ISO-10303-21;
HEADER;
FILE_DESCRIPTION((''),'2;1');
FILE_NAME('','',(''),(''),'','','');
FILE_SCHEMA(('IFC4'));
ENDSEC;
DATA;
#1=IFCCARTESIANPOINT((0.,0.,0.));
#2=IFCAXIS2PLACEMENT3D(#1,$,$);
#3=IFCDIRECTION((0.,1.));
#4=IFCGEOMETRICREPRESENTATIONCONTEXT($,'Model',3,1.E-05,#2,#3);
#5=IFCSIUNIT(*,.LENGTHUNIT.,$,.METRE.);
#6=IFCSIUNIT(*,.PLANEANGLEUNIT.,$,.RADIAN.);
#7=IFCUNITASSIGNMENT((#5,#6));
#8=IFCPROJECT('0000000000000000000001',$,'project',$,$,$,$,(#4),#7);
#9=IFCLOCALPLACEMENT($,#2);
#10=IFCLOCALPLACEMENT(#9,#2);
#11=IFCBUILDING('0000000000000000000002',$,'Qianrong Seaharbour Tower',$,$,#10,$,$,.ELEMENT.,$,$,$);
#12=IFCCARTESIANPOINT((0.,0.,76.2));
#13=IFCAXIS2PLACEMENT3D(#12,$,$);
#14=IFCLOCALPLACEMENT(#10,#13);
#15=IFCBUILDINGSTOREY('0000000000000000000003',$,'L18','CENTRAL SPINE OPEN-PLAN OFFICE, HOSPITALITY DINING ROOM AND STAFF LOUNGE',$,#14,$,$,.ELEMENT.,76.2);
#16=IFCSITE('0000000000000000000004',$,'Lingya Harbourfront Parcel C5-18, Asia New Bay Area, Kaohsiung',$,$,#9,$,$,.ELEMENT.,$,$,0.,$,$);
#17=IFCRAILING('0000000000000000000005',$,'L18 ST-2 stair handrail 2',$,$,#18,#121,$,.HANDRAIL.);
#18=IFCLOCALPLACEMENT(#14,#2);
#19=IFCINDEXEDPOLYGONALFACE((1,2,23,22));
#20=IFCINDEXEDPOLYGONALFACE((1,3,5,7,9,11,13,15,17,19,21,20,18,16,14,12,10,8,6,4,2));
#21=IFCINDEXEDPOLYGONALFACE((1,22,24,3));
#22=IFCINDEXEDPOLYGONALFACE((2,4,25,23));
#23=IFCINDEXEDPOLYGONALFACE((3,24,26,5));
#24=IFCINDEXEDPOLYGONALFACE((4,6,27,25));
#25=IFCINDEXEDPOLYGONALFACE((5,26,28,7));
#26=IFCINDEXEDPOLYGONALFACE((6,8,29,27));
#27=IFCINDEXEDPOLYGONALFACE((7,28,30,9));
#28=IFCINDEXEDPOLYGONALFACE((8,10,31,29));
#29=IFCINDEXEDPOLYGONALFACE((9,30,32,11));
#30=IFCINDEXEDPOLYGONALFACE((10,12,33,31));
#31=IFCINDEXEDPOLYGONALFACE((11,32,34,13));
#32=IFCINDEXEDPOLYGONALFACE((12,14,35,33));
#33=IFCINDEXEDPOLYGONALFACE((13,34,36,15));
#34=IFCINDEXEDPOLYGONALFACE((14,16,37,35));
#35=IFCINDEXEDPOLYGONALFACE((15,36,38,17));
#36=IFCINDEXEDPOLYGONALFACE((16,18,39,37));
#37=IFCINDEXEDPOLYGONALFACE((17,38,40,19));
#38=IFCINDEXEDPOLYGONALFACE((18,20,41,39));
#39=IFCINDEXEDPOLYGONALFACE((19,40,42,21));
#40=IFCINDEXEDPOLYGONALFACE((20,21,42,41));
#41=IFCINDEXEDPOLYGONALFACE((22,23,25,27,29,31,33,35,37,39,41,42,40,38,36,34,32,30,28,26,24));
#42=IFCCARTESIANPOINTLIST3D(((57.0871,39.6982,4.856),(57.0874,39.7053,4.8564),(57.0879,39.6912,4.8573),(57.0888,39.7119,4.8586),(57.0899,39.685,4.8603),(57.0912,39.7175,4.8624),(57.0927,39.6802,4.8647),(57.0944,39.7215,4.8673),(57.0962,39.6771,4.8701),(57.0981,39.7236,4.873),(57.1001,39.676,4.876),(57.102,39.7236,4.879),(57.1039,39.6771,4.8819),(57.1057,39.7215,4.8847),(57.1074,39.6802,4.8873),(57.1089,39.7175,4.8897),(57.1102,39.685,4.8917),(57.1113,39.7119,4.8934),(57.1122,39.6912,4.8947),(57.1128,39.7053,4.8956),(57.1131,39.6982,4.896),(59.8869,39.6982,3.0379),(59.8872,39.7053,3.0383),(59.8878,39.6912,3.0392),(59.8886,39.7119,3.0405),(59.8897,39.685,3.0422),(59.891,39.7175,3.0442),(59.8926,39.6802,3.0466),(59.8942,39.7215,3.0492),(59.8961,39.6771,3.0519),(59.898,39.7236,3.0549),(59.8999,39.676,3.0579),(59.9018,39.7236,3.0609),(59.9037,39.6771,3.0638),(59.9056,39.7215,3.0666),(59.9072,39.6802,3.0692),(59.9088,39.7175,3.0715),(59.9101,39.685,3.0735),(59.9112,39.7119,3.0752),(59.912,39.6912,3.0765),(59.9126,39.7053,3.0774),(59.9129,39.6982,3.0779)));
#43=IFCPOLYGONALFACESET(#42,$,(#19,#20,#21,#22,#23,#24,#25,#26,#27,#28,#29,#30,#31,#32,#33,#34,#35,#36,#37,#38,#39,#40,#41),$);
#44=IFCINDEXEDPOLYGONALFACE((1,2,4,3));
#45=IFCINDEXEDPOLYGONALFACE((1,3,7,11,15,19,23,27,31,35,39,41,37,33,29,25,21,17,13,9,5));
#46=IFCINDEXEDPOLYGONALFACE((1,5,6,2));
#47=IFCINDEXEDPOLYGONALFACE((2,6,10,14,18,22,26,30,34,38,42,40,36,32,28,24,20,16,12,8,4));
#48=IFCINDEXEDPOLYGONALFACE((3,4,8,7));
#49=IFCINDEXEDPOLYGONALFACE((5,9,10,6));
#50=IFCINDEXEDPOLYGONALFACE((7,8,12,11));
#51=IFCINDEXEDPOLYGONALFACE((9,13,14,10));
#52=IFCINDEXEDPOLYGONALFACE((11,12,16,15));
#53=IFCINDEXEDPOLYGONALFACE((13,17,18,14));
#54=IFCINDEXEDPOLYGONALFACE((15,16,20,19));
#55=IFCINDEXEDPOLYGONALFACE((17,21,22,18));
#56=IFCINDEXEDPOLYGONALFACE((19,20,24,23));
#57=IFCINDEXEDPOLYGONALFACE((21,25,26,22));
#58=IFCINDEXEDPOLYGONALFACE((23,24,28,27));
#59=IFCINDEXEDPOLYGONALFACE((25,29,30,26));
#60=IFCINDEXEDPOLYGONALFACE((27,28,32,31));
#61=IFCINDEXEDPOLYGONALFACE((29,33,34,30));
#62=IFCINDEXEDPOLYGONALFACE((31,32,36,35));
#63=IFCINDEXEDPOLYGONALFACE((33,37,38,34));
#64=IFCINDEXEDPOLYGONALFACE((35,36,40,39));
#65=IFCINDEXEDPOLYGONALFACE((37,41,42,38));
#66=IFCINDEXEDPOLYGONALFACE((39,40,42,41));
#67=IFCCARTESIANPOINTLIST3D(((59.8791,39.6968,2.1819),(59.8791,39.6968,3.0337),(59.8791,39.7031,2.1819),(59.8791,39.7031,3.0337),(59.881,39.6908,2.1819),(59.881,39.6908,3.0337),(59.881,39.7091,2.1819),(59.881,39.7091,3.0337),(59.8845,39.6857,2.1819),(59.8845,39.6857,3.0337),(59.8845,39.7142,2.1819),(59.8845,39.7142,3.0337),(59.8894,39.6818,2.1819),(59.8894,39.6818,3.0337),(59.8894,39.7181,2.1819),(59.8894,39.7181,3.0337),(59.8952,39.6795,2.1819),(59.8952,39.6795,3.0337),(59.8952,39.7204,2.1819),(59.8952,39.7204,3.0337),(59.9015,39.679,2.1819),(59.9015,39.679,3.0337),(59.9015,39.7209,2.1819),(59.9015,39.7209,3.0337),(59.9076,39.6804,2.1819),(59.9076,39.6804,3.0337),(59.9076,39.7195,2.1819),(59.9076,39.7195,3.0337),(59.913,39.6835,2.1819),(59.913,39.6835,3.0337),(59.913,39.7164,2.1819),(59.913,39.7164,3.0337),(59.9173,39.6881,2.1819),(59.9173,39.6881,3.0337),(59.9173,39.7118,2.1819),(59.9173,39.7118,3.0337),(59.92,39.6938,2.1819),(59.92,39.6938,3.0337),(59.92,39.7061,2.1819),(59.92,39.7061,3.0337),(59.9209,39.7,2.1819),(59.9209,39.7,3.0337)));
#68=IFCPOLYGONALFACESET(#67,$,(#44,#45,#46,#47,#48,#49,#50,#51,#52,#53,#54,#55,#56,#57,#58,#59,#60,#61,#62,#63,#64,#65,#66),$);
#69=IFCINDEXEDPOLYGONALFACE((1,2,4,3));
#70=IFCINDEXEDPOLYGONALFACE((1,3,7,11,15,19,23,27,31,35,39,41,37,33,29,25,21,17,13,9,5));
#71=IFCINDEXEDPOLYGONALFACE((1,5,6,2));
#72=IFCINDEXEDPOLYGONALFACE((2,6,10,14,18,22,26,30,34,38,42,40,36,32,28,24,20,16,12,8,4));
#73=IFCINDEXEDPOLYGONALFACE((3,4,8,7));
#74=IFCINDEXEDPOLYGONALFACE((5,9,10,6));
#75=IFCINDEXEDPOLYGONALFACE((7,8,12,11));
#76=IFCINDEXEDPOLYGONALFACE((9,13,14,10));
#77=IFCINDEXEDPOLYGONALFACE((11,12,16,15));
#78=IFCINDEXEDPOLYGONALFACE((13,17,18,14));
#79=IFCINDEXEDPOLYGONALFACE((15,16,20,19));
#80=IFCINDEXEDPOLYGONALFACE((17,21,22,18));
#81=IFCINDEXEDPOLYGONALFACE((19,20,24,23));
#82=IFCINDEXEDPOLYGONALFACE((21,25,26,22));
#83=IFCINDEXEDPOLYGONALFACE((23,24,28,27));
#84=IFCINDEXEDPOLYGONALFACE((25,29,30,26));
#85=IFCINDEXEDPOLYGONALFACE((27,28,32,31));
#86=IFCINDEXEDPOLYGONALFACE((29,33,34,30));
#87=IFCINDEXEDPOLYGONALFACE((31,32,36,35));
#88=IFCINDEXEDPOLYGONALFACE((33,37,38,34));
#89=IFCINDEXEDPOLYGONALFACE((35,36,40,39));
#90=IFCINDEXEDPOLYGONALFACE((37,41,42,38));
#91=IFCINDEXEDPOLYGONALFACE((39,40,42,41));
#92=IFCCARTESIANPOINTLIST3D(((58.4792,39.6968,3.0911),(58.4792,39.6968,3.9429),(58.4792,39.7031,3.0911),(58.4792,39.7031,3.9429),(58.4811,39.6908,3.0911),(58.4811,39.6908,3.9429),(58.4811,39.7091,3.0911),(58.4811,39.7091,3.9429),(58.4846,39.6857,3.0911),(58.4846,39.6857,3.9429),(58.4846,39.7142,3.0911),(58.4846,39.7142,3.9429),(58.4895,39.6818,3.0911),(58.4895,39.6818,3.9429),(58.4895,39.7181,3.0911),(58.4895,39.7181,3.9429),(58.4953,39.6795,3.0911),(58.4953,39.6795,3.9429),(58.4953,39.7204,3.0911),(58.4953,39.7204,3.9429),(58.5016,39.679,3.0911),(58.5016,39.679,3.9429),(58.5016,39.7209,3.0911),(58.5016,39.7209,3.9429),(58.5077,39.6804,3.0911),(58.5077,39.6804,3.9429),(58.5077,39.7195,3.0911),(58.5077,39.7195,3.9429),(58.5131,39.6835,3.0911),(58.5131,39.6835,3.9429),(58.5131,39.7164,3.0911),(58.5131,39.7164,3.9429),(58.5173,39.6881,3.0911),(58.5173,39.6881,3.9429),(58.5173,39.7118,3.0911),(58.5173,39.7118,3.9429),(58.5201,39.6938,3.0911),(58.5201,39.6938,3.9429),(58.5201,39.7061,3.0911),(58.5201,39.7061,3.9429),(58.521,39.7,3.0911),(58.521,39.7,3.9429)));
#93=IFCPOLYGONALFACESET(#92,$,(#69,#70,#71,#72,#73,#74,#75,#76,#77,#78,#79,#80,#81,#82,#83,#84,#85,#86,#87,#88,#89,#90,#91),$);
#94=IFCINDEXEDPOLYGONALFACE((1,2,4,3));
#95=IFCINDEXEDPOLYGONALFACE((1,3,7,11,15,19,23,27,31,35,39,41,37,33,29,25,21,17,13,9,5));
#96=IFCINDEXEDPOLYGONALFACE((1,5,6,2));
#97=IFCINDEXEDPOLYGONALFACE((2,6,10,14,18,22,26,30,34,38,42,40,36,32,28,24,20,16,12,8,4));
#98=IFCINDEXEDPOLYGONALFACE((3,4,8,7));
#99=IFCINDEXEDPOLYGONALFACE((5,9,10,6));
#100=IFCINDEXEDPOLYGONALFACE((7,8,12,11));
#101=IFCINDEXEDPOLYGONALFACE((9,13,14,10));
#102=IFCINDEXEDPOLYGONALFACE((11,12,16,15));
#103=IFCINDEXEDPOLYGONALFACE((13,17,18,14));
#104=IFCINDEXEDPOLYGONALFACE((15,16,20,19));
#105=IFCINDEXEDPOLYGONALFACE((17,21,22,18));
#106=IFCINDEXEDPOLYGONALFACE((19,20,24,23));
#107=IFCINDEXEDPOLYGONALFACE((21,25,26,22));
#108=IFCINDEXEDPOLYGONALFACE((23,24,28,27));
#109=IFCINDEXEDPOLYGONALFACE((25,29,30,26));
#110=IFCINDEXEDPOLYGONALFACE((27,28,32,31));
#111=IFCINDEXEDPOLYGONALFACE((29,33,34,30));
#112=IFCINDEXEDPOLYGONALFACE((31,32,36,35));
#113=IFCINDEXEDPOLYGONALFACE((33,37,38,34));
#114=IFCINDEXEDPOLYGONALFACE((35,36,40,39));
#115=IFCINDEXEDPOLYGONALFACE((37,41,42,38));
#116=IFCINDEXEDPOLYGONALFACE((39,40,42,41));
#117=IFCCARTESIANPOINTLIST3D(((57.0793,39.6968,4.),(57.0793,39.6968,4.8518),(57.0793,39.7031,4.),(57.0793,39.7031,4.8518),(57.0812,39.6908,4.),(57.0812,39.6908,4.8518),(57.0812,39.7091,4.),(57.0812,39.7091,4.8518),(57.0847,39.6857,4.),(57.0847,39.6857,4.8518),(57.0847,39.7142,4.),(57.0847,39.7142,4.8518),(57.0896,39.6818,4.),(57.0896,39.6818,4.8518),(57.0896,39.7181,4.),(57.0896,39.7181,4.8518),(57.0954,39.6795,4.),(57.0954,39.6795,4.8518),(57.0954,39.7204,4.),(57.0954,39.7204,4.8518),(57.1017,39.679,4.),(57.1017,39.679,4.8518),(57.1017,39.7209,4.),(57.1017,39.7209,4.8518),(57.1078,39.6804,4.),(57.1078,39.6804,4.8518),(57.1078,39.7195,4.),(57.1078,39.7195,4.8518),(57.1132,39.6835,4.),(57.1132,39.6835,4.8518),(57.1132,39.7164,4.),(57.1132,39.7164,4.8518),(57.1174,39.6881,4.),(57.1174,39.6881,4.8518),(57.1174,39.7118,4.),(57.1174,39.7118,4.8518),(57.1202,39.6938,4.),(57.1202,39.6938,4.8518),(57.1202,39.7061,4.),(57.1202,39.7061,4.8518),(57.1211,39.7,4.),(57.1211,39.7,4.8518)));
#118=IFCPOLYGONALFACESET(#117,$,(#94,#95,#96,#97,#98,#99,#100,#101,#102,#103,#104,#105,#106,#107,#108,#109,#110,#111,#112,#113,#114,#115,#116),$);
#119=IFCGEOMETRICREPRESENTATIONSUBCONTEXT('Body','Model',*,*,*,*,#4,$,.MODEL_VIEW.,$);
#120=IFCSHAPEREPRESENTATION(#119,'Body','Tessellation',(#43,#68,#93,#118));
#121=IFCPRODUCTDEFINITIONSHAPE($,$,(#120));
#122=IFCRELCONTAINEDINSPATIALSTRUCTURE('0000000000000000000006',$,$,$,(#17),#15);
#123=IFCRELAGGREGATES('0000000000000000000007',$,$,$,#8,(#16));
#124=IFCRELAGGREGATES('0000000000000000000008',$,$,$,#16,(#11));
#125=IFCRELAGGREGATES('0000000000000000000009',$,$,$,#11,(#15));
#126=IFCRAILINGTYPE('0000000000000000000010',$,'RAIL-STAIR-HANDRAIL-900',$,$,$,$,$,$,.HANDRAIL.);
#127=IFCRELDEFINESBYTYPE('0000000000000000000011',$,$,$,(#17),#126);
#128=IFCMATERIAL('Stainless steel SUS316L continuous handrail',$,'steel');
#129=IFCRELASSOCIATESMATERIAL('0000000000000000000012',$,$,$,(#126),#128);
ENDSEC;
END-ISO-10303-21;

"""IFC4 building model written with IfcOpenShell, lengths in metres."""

from ifc_helpers import new_model, si_unit, direction, frame, origin, origin_2d, place, context, subcontext, project, spatial, circle, extrude, material, type_object, element, save


model = new_model("IFC4")

# Units and contexts
model_context = context("Model", 3, precision=1e-05, world=origin(), true_north=direction((0.0, 1.0)))
body_context = subcontext(model_context, "Body", "Model", "MODEL_VIEW")
ifc_project = project(units=[si_unit("LENGTHUNIT", "METRE"), si_unit("PLANEANGLEUNIT", "RADIAN")], contexts=[model_context])

# Site, building, storey
site_placement = place(None, origin())
site = spatial("IfcSite", under=ifc_project, at=site_placement, Name="Lingya Harbourfront Parcel C5-18, Asia New Bay Area, Kaohsiung", CompositionType="ELEMENT", RefElevation=0.0)
building_placement = place(site_placement, origin())
building = spatial("IfcBuilding", under=site, at=building_placement, Name="Qianrong Seaharbour Tower", CompositionType="ELEMENT")
storey_placement = place(building_placement, frame((0.0, 0.0, 76.2)))
storey = spatial("IfcBuildingStorey", under=building, at=storey_placement, Name="L18", Description="CENTRAL SPINE OPEN-PLAN OFFICE, HOSPITALITY DINING ROOM AND STAFF LOUNGE", CompositionType="ELEMENT", Elevation=76.2)

# Railing
ifc_material_1 = material(Name="Stainless steel SUS316L continuous handrail", Category="steel")
railing_type_1 = type_object("IfcRailingType", Name="RAIL-STAIR-HANDRAIL-900", PredefinedType="HANDRAIL", material=ifc_material_1)
railing_1_placement = place(storey_placement, frame((59.8999, 39.7, 2.1819)))
element("IfcRailing", 1, at=railing_1_placement, inside=storey, type_object=railing_type_1, Name="L18 ST-2 stair handrail 2", PredefinedType="HANDRAIL", context=body_context, shape_type="SweptSolid", body=[
    extrude(circle(Radius=0.0239, at=origin_2d()), frame((0.0, 0.0, 0.876), z_axis=(-0.838684, 0.0, 0.544618), x_axis=(0.0, -1.0, 0.0)), (0.0, 0.0, 1.0), 3.3384),
    extrude(circle(Radius=0.021, at=origin_2d()), origin(), (0.0, 0.0, 1.0), 0.8518),
    extrude(circle(Radius=0.021, at=origin_2d()), frame((-1.3999, 0.0, 0.9092)), (0.0, 0.0, 1.0), 0.8518),
    extrude(circle(Radius=0.021, at=origin_2d()), frame((-2.7998, 0.0, 1.8181)), (0.0, 0.0, 1.0), 0.8518),
])

save(model, "model.ifc")
